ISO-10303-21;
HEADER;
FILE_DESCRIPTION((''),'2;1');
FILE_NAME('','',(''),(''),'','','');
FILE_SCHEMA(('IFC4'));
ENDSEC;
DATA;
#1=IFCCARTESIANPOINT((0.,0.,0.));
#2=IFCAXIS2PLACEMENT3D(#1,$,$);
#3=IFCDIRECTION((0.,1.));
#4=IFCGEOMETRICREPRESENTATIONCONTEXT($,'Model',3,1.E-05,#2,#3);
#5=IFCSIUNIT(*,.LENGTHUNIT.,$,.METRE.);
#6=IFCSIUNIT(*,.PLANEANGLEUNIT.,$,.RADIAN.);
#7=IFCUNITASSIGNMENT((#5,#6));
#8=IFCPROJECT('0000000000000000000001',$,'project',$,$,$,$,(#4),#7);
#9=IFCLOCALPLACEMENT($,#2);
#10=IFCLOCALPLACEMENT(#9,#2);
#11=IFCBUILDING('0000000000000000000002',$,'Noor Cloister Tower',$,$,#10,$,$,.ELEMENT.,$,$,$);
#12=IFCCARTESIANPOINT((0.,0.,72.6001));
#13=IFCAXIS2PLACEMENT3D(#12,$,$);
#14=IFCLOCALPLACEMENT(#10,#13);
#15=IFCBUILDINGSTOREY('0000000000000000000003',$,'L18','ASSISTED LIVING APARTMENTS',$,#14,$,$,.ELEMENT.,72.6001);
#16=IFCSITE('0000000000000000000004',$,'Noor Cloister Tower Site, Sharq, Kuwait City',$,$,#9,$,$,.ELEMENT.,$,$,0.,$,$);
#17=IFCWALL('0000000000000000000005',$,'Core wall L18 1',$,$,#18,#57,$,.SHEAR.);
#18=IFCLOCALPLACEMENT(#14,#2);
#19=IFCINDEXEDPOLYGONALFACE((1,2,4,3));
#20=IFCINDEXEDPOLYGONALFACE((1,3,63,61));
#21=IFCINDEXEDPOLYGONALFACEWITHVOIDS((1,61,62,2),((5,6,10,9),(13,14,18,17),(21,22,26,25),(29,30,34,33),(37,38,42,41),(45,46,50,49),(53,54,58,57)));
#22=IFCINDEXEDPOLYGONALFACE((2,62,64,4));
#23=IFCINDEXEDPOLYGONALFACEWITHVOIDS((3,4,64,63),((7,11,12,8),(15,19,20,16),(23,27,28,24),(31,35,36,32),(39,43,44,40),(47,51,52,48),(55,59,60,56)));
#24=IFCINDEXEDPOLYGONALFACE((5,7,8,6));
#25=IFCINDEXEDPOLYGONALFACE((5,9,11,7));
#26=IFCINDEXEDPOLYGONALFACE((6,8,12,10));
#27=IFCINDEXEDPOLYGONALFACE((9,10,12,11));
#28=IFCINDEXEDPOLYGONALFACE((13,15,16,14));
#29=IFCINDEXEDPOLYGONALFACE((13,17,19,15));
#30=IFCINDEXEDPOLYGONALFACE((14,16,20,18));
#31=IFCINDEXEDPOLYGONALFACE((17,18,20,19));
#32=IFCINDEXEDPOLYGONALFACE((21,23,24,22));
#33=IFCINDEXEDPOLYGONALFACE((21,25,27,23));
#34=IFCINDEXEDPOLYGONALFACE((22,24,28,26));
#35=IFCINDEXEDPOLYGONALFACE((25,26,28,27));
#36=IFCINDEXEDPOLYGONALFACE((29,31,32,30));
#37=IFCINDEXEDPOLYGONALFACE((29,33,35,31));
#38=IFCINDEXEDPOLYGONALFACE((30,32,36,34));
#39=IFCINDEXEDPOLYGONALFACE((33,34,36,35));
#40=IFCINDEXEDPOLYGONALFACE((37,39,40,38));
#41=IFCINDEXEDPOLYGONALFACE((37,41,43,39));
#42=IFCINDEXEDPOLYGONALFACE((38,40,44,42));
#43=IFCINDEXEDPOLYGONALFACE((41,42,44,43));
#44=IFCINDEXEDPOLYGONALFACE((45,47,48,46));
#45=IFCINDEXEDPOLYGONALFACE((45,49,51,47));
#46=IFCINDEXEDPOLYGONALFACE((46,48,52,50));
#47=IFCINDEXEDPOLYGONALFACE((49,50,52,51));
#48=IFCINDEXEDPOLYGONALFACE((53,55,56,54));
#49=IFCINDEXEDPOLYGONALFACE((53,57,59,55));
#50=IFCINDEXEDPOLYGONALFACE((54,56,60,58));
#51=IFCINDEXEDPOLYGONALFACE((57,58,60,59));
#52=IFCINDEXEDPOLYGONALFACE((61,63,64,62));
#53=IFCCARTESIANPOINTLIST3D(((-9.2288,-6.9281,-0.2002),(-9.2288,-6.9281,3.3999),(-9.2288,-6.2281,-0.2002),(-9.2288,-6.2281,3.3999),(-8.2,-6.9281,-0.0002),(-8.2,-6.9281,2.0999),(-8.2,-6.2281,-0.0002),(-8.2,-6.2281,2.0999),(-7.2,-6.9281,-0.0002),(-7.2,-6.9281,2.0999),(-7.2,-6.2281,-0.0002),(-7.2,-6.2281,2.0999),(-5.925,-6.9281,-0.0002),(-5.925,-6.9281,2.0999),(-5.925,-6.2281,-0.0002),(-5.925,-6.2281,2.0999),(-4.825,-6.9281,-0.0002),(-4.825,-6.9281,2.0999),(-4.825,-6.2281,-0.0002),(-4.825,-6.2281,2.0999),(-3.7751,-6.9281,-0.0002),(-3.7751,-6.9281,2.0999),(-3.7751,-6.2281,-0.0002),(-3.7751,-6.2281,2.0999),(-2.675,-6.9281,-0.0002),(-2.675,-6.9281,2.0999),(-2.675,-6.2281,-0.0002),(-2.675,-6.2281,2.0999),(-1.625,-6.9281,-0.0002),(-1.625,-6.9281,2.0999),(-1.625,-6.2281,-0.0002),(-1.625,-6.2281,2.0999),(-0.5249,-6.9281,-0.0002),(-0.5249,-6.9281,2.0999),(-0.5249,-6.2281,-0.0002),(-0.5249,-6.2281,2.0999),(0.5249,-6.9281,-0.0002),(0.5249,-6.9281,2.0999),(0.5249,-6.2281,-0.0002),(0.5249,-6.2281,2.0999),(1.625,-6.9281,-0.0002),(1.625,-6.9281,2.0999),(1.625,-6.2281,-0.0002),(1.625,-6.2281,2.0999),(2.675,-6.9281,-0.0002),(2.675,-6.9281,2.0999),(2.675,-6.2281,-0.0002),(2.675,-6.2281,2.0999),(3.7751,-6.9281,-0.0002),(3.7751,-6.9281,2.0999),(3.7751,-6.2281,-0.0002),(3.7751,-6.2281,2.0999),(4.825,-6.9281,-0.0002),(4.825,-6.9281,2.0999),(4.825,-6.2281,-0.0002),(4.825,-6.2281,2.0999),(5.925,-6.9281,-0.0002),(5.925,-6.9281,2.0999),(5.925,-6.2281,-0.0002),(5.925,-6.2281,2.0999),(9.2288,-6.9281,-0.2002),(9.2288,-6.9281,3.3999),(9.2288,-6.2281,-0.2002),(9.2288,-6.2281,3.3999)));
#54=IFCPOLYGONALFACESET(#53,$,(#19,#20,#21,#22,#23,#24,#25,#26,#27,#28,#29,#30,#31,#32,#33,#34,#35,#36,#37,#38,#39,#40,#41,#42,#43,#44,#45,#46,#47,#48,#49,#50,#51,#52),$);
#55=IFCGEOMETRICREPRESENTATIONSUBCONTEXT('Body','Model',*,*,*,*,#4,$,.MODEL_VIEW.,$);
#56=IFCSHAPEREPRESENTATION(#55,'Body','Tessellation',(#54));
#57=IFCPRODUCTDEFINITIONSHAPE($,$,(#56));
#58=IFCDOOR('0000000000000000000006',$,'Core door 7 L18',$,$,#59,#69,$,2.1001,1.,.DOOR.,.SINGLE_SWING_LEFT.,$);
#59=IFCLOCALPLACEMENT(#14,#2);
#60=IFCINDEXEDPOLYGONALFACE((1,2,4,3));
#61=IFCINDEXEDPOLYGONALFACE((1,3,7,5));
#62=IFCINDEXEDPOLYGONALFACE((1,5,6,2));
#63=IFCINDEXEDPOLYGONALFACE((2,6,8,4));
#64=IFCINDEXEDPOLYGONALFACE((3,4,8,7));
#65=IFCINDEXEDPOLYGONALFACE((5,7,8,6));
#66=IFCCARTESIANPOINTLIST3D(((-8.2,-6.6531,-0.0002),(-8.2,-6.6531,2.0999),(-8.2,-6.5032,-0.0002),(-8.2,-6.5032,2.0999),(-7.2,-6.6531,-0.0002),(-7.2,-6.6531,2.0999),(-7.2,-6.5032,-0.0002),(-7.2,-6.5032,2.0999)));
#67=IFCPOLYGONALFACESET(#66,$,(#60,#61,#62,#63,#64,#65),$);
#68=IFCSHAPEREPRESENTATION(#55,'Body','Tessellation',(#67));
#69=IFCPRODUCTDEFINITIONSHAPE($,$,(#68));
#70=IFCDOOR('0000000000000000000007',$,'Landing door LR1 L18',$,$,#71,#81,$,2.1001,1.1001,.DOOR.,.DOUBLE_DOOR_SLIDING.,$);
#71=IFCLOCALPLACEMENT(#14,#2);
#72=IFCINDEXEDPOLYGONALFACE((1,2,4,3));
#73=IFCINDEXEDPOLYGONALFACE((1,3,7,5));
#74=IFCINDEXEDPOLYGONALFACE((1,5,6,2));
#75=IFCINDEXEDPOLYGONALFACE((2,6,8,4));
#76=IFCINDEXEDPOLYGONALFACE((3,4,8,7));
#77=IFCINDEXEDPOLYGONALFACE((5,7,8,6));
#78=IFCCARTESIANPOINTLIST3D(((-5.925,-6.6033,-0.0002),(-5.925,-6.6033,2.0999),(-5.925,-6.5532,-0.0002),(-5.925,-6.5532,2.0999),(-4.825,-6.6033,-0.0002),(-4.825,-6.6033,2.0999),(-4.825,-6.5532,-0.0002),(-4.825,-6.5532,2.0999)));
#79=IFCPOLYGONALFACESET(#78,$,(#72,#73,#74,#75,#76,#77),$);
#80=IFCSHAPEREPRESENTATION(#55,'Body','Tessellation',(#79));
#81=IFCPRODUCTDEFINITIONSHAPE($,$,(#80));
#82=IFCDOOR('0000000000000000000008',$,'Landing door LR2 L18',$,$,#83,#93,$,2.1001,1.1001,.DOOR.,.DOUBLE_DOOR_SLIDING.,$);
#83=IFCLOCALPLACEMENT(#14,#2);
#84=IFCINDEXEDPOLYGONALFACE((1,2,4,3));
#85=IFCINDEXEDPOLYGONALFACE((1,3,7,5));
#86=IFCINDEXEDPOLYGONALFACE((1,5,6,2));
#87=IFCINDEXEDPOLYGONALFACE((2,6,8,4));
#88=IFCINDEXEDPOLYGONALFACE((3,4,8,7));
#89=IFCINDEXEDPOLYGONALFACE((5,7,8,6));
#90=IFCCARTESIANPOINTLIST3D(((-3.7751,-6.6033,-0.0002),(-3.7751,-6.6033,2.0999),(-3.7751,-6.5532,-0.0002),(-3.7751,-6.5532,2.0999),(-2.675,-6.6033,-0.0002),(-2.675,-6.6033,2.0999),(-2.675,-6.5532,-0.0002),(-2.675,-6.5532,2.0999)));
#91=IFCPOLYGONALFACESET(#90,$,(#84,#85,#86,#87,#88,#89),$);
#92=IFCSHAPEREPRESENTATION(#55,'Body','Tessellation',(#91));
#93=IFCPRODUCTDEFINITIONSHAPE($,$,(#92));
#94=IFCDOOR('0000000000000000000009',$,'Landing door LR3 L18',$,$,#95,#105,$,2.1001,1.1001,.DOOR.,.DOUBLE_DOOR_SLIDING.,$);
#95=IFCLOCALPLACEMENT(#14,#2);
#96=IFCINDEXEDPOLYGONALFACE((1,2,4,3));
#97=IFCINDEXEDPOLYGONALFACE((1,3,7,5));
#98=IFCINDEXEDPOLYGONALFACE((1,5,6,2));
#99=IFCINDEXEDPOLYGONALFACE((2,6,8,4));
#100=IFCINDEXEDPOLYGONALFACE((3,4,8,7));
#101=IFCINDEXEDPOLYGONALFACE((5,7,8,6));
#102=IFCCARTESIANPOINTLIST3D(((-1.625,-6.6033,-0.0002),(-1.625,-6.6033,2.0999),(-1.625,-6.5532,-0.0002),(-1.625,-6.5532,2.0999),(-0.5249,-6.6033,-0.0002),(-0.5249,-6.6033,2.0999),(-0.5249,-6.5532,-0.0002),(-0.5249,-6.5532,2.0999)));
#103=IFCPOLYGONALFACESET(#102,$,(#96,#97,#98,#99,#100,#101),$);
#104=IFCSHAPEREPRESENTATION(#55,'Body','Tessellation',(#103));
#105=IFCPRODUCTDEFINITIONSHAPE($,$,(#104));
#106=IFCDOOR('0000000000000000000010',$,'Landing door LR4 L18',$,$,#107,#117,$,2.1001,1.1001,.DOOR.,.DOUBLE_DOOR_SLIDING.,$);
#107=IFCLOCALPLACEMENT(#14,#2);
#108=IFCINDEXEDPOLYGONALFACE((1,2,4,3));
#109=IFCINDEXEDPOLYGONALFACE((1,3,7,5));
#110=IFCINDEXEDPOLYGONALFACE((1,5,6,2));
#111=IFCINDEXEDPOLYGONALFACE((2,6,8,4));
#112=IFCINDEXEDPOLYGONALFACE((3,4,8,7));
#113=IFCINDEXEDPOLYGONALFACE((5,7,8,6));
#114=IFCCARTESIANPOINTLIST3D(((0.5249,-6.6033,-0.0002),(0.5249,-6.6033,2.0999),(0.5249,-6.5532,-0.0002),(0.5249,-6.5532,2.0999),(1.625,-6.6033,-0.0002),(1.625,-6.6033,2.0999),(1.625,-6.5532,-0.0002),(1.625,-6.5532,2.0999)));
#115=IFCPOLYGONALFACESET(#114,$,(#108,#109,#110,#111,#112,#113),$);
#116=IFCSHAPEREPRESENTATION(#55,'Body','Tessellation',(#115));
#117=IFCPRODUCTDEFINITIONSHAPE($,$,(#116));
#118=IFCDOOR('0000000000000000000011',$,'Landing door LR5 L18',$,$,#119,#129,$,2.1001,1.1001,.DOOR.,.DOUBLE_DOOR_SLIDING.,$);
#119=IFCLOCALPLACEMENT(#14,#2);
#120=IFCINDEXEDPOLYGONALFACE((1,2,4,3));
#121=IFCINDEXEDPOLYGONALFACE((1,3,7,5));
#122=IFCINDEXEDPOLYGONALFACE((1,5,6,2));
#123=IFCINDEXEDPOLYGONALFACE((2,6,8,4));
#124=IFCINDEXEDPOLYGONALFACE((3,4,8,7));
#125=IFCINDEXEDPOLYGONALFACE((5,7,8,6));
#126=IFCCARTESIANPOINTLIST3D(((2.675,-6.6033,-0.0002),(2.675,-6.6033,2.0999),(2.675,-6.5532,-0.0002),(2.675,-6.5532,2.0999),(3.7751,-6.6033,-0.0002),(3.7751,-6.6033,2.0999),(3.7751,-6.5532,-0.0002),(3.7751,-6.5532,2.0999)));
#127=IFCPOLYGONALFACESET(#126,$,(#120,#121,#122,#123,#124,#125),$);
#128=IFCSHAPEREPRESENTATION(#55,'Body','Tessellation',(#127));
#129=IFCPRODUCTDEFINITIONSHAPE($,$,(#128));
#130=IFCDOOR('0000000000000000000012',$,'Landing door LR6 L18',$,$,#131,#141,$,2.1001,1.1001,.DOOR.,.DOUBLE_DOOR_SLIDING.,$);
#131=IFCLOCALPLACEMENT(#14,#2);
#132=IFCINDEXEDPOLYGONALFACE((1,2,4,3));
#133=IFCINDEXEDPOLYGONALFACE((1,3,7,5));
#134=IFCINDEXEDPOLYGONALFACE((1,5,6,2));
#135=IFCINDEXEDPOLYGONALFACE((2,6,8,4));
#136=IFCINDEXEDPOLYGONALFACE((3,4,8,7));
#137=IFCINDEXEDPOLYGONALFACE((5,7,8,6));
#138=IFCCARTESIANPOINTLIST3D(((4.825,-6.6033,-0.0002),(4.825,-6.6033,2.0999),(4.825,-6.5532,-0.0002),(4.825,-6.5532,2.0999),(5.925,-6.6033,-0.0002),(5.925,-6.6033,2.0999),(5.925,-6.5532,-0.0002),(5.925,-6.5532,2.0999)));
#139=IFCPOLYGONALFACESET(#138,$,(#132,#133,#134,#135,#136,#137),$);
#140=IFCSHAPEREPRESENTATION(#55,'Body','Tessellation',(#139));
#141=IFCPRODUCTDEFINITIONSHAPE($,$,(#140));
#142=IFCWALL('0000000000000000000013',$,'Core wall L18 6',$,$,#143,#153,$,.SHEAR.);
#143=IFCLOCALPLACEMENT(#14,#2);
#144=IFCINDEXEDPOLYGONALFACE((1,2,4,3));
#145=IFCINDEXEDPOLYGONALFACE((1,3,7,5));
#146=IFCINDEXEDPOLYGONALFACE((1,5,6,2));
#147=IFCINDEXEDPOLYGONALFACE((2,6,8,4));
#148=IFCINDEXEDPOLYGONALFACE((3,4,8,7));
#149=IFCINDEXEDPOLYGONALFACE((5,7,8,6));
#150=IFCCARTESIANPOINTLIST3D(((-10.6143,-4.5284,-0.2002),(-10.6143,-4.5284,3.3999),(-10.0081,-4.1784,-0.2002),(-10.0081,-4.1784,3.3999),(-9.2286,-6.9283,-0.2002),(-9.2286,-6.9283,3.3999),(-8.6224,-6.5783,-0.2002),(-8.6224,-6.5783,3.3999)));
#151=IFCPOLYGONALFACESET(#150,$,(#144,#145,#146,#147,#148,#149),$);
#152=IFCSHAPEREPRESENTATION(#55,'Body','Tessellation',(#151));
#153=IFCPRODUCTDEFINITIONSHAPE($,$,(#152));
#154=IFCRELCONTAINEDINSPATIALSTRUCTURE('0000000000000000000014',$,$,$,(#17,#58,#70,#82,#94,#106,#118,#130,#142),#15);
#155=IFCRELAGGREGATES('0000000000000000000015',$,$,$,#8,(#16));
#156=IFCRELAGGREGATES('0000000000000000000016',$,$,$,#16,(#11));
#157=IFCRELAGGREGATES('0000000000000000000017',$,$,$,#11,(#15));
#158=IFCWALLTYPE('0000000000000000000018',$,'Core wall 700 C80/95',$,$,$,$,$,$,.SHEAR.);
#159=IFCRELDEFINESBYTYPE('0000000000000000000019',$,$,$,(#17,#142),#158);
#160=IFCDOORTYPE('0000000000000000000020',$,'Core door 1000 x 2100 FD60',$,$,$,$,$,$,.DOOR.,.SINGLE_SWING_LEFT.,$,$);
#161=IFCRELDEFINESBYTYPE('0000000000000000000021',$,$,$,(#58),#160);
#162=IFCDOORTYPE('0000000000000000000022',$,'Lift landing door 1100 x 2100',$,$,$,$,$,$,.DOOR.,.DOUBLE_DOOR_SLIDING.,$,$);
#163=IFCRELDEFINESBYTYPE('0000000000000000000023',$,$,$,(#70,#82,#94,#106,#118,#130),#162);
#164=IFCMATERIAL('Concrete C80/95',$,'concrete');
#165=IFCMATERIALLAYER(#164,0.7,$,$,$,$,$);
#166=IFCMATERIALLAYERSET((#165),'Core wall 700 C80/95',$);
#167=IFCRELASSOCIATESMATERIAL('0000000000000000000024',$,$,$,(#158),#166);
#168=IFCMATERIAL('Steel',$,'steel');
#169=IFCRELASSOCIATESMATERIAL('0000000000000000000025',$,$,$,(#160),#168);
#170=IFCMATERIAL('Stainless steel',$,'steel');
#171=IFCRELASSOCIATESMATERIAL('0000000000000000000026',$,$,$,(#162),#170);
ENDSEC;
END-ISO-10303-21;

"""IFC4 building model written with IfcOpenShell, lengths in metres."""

from ifc_helpers import new_model, si_unit, direction, frame, frame_2d, origin, place, context, subcontext, project, spatial, rectangle, extrude, material, layer, layer_set, type_object, element, fill, save


model = new_model("IFC4")

# Units and contexts
model_context = context("Model", 3, precision=1e-05, world=origin(), true_north=direction((0.0, 1.0)))
body_context = subcontext(model_context, "Body", "Model", "MODEL_VIEW")
ifc_project = project(units=[si_unit("LENGTHUNIT", "METRE"), si_unit("PLANEANGLEUNIT", "RADIAN")], contexts=[model_context])

# Site, building, storey
site_placement = place(None, origin())
site = spatial("IfcSite", under=ifc_project, at=site_placement, Name="Noor Cloister Tower Site, Sharq, Kuwait City", CompositionType="ELEMENT", RefElevation=0.0)
building_placement = place(site_placement, origin())
building = spatial("IfcBuilding", under=site, at=building_placement, Name="Noor Cloister Tower", CompositionType="ELEMENT")
storey_placement = place(building_placement, frame((0.0, 0.0, 72.6001)))
storey = spatial("IfcBuildingStorey", under=building, at=storey_placement, Name="L18", Description="ASSISTED LIVING APARTMENTS", CompositionType="ELEMENT", Elevation=72.6001)

# Wall, openings, doors
ifc_material_1 = material(Name="Concrete C80/95", Category="concrete")
ifc_layer_1 = layer(ifc_material_1, 0.7)
ifc_layer_set_1 = layer_set([ifc_layer_1], Name="Core wall 700 C80/95")
wall_type_1 = type_object("IfcWallType", Name="Core wall 700 C80/95", PredefinedType="SHEAR", material=ifc_layer_set_1)
wall_1_placement = place(storey_placement, frame((-9.2288, -6.5781, -0.2002), z_axis=(0.0, 0.0, 1.0), x_axis=(1.0, 0.0, 0.0)))
wall_1 = element("IfcWall", 1, at=wall_1_placement, inside=storey, type_object=wall_type_1, Name="Core wall L18 1", PredefinedType="SHEAR", context=body_context, shape_type="SweptSolid", body=[
    extrude(rectangle(XDim=18.4575, YDim=0.7, at=frame_2d((9.2288, 0.0))), origin(), (0.0, 0.0, 1.0), 3.6001),
])
opening_1_placement = place(wall_1_placement, frame((3.3037, 0.0, 0.2)))
opening_1 = element("IfcOpeningElement", 2, at=opening_1_placement, cuts=wall_1, PredefinedType="OPENING", context=body_context, shape_type="SweptSolid", body=[
    extrude(rectangle(XDim=1.1001, YDim=2.1001, at=frame_2d((0.55, 1.05))), frame((0.0, 0.3599, 0.0), z_axis=(0.0, -1.0, 0.0), x_axis=(1.0, 0.0, 0.0)), (0.0, 0.0, 1.0), 0.72),
])
opening_2_placement = place(wall_1_placement, frame((5.4536, 0.0, 0.2)))
opening_2 = element("IfcOpeningElement", 3, at=opening_2_placement, cuts=wall_1, PredefinedType="OPENING", context=body_context, shape_type="SweptSolid", body=[
    extrude(rectangle(XDim=1.1001, YDim=2.1001, at=frame_2d((0.55, 1.05))), frame((0.0, 0.3599, 0.0), z_axis=(0.0, -1.0, 0.0), x_axis=(1.0, 0.0, 0.0)), (0.0, 0.0, 1.0), 0.72),
])
opening_3_placement = place(wall_1_placement, frame((7.6038, 0.0, 0.2)))
opening_3 = element("IfcOpeningElement", 4, at=opening_3_placement, cuts=wall_1, PredefinedType="OPENING", context=body_context, shape_type="SweptSolid", body=[
    extrude(rectangle(XDim=1.1001, YDim=2.1001, at=frame_2d((0.55, 1.05))), frame((0.0, 0.3599, 0.0), z_axis=(0.0, -1.0, 0.0), x_axis=(1.0, 0.0, 0.0)), (0.0, 0.0, 1.0), 0.72),
])
opening_4_placement = place(wall_1_placement, frame((9.7537, 0.0, 0.2)))
opening_4 = element("IfcOpeningElement", 5, at=opening_4_placement, cuts=wall_1, PredefinedType="OPENING", context=body_context, shape_type="SweptSolid", body=[
    extrude(rectangle(XDim=1.1001, YDim=2.1001, at=frame_2d((0.55, 1.05))), frame((0.0, 0.3599, 0.0), z_axis=(0.0, -1.0, 0.0), x_axis=(1.0, 0.0, 0.0)), (0.0, 0.0, 1.0), 0.72),
])
opening_5_placement = place(wall_1_placement, frame((11.9038, 0.0, 0.2)))
opening_5 = element("IfcOpeningElement", 6, at=opening_5_placement, cuts=wall_1, PredefinedType="OPENING", context=body_context, shape_type="SweptSolid", body=[
    extrude(rectangle(XDim=1.1001, YDim=2.1001, at=frame_2d((0.55, 1.05))), frame((0.0, 0.3599, 0.0), z_axis=(0.0, -1.0, 0.0), x_axis=(1.0, 0.0, 0.0)), (0.0, 0.0, 1.0), 0.72),
])
opening_6_placement = place(wall_1_placement, frame((14.0537, 0.0, 0.2)))
opening_6 = element("IfcOpeningElement", 7, at=opening_6_placement, cuts=wall_1, PredefinedType="OPENING", context=body_context, shape_type="SweptSolid", body=[
    extrude(rectangle(XDim=1.1001, YDim=2.1001, at=frame_2d((0.55, 1.05))), frame((0.0, 0.3599, 0.0), z_axis=(0.0, -1.0, 0.0), x_axis=(1.0, 0.0, 0.0)), (0.0, 0.0, 1.0), 0.72),
])
opening_7_placement = place(wall_1_placement, frame((1.0288, 0.0, 0.2)))
opening_7 = element("IfcOpeningElement", 8, at=opening_7_placement, cuts=wall_1, PredefinedType="OPENING", context=body_context, shape_type="SweptSolid", body=[
    extrude(rectangle(XDim=1.0, YDim=2.1001, at=frame_2d((0.5, 1.05))), frame((0.0, 0.3599, 0.0), z_axis=(0.0, -1.0, 0.0), x_axis=(1.0, 0.0, 0.0)), (0.0, 0.0, 1.0), 0.72),
])
ifc_material_2 = material(Name="Steel", Category="steel")
door_type_1 = type_object("IfcDoorType", Name="Core door 1000 x 2100 FD60", OperationType="SINGLE_SWING_LEFT", PredefinedType="DOOR", material=ifc_material_2)
door_1_placement = place(opening_7_placement, origin())
door_1 = element("IfcDoor", 9, at=door_1_placement, inside=storey, type_object=door_type_1, Name="Core door 7 L18", OperationType="SINGLE_SWING_LEFT", OverallHeight=2.1001, OverallWidth=1.0, PredefinedType="DOOR", context=body_context, shape_type="SweptSolid", body=[
    extrude(rectangle(XDim=1.0, YDim=2.1001, at=frame_2d((0.5, 1.05))), frame((0.0, 0.075, 0.0), z_axis=(0.0, -1.0, 0.0), x_axis=(1.0, 0.0, 0.0)), (0.0, 0.0, 1.0), 0.1499),
])
fill(opening_7, door_1)
ifc_material_3 = material(Name="Stainless steel", Category="steel")
door_type_2 = type_object("IfcDoorType", Name="Lift landing door 1100 x 2100", OperationType="DOUBLE_DOOR_SLIDING", PredefinedType="DOOR", material=ifc_material_3)
door_2_placement = place(opening_1_placement, origin())
door_2 = element("IfcDoor", 10, at=door_2_placement, inside=storey, type_object=door_type_2, Name="Landing door LR1 L18", OperationType="DOUBLE_DOOR_SLIDING", OverallHeight=2.1001, OverallWidth=1.1001, PredefinedType="DOOR", context=body_context, shape_type="SweptSolid", body=[
    extrude(rectangle(XDim=1.1001, YDim=2.1001, at=frame_2d((0.55, 1.05))), frame((0.0, 0.0249, 0.0), z_axis=(0.0, -1.0, 0.0), x_axis=(1.0, 0.0, 0.0)), (0.0, 0.0, 1.0), 0.05),
])
fill(opening_1, door_2)
door_3_placement = place(opening_2_placement, origin())
door_3 = element("IfcDoor", 11, at=door_3_placement, inside=storey, type_object=door_type_2, Name="Landing door LR2 L18", OperationType="DOUBLE_DOOR_SLIDING", OverallHeight=2.1001, OverallWidth=1.1001, PredefinedType="DOOR", context=body_context, shape_type="SweptSolid", body=[
    extrude(rectangle(XDim=1.1001, YDim=2.1001, at=frame_2d((0.55, 1.05))), frame((0.0, 0.0249, 0.0), z_axis=(0.0, -1.0, 0.0), x_axis=(1.0, 0.0, 0.0)), (0.0, 0.0, 1.0), 0.05),
])
fill(opening_2, door_3)
door_4_placement = place(opening_3_placement, origin())
door_4 = element("IfcDoor", 12, at=door_4_placement, inside=storey, type_object=door_type_2, Name="Landing door LR3 L18", OperationType="DOUBLE_DOOR_SLIDING", OverallHeight=2.1001, OverallWidth=1.1001, PredefinedType="DOOR", context=body_context, shape_type="SweptSolid", body=[
    extrude(rectangle(XDim=1.1001, YDim=2.1001, at=frame_2d((0.55, 1.05))), frame((0.0, 0.0249, 0.0), z_axis=(0.0, -1.0, 0.0), x_axis=(1.0, 0.0, 0.0)), (0.0, 0.0, 1.0), 0.05),
])
fill(opening_3, door_4)
door_5_placement = place(opening_4_placement, origin())
door_5 = element("IfcDoor", 13, at=door_5_placement, inside=storey, type_object=door_type_2, Name="Landing door LR4 L18", OperationType="DOUBLE_DOOR_SLIDING", OverallHeight=2.1001, OverallWidth=1.1001, PredefinedType="DOOR", context=body_context, shape_type="SweptSolid", body=[
    extrude(rectangle(XDim=1.1001, YDim=2.1001, at=frame_2d((0.55, 1.05))), frame((0.0, 0.0249, 0.0), z_axis=(0.0, -1.0, 0.0), x_axis=(1.0, 0.0, 0.0)), (0.0, 0.0, 1.0), 0.05),
])
fill(opening_4, door_5)
door_6_placement = place(opening_5_placement, origin())
door_6 = element("IfcDoor", 14, at=door_6_placement, inside=storey, type_object=door_type_2, Name="Landing door LR5 L18", OperationType="DOUBLE_DOOR_SLIDING", OverallHeight=2.1001, OverallWidth=1.1001, PredefinedType="DOOR", context=body_context, shape_type="SweptSolid", body=[
    extrude(rectangle(XDim=1.1001, YDim=2.1001, at=frame_2d((0.55, 1.05))), frame((0.0, 0.0249, 0.0), z_axis=(0.0, -1.0, 0.0), x_axis=(1.0, 0.0, 0.0)), (0.0, 0.0, 1.0), 0.05),
])
fill(opening_5, door_6)
door_7_placement = place(opening_6_placement, origin())
door_7 = element("IfcDoor", 15, at=door_7_placement, inside=storey, type_object=door_type_2, Name="Landing door LR6 L18", OperationType="DOUBLE_DOOR_SLIDING", OverallHeight=2.1001, OverallWidth=1.1001, PredefinedType="DOOR", context=body_context, shape_type="SweptSolid", body=[
    extrude(rectangle(XDim=1.1001, YDim=2.1001, at=frame_2d((0.55, 1.05))), frame((0.0, 0.0249, 0.0), z_axis=(0.0, -1.0, 0.0), x_axis=(1.0, 0.0, 0.0)), (0.0, 0.0, 1.0), 0.05),
])
fill(opening_6, door_7)

# Wall
wall_2_placement = place(storey_placement, frame((-10.3113, -4.3533, -0.2002), z_axis=(0.0, 0.0, 1.0), x_axis=(0.500043, -0.866001, 0.0)))
element("IfcWall", 16, at=wall_2_placement, inside=storey, type_object=wall_type_1, Name="Core wall L18 6", PredefinedType="SHEAR", context=body_context, shape_type="SweptSolid", body=[
    extrude(rectangle(XDim=2.7712, YDim=0.7, at=frame_2d((1.3857, 0.0))), origin(), (0.0, 0.0, 1.0), 3.6001),
])

save(model, "model.ifc")
